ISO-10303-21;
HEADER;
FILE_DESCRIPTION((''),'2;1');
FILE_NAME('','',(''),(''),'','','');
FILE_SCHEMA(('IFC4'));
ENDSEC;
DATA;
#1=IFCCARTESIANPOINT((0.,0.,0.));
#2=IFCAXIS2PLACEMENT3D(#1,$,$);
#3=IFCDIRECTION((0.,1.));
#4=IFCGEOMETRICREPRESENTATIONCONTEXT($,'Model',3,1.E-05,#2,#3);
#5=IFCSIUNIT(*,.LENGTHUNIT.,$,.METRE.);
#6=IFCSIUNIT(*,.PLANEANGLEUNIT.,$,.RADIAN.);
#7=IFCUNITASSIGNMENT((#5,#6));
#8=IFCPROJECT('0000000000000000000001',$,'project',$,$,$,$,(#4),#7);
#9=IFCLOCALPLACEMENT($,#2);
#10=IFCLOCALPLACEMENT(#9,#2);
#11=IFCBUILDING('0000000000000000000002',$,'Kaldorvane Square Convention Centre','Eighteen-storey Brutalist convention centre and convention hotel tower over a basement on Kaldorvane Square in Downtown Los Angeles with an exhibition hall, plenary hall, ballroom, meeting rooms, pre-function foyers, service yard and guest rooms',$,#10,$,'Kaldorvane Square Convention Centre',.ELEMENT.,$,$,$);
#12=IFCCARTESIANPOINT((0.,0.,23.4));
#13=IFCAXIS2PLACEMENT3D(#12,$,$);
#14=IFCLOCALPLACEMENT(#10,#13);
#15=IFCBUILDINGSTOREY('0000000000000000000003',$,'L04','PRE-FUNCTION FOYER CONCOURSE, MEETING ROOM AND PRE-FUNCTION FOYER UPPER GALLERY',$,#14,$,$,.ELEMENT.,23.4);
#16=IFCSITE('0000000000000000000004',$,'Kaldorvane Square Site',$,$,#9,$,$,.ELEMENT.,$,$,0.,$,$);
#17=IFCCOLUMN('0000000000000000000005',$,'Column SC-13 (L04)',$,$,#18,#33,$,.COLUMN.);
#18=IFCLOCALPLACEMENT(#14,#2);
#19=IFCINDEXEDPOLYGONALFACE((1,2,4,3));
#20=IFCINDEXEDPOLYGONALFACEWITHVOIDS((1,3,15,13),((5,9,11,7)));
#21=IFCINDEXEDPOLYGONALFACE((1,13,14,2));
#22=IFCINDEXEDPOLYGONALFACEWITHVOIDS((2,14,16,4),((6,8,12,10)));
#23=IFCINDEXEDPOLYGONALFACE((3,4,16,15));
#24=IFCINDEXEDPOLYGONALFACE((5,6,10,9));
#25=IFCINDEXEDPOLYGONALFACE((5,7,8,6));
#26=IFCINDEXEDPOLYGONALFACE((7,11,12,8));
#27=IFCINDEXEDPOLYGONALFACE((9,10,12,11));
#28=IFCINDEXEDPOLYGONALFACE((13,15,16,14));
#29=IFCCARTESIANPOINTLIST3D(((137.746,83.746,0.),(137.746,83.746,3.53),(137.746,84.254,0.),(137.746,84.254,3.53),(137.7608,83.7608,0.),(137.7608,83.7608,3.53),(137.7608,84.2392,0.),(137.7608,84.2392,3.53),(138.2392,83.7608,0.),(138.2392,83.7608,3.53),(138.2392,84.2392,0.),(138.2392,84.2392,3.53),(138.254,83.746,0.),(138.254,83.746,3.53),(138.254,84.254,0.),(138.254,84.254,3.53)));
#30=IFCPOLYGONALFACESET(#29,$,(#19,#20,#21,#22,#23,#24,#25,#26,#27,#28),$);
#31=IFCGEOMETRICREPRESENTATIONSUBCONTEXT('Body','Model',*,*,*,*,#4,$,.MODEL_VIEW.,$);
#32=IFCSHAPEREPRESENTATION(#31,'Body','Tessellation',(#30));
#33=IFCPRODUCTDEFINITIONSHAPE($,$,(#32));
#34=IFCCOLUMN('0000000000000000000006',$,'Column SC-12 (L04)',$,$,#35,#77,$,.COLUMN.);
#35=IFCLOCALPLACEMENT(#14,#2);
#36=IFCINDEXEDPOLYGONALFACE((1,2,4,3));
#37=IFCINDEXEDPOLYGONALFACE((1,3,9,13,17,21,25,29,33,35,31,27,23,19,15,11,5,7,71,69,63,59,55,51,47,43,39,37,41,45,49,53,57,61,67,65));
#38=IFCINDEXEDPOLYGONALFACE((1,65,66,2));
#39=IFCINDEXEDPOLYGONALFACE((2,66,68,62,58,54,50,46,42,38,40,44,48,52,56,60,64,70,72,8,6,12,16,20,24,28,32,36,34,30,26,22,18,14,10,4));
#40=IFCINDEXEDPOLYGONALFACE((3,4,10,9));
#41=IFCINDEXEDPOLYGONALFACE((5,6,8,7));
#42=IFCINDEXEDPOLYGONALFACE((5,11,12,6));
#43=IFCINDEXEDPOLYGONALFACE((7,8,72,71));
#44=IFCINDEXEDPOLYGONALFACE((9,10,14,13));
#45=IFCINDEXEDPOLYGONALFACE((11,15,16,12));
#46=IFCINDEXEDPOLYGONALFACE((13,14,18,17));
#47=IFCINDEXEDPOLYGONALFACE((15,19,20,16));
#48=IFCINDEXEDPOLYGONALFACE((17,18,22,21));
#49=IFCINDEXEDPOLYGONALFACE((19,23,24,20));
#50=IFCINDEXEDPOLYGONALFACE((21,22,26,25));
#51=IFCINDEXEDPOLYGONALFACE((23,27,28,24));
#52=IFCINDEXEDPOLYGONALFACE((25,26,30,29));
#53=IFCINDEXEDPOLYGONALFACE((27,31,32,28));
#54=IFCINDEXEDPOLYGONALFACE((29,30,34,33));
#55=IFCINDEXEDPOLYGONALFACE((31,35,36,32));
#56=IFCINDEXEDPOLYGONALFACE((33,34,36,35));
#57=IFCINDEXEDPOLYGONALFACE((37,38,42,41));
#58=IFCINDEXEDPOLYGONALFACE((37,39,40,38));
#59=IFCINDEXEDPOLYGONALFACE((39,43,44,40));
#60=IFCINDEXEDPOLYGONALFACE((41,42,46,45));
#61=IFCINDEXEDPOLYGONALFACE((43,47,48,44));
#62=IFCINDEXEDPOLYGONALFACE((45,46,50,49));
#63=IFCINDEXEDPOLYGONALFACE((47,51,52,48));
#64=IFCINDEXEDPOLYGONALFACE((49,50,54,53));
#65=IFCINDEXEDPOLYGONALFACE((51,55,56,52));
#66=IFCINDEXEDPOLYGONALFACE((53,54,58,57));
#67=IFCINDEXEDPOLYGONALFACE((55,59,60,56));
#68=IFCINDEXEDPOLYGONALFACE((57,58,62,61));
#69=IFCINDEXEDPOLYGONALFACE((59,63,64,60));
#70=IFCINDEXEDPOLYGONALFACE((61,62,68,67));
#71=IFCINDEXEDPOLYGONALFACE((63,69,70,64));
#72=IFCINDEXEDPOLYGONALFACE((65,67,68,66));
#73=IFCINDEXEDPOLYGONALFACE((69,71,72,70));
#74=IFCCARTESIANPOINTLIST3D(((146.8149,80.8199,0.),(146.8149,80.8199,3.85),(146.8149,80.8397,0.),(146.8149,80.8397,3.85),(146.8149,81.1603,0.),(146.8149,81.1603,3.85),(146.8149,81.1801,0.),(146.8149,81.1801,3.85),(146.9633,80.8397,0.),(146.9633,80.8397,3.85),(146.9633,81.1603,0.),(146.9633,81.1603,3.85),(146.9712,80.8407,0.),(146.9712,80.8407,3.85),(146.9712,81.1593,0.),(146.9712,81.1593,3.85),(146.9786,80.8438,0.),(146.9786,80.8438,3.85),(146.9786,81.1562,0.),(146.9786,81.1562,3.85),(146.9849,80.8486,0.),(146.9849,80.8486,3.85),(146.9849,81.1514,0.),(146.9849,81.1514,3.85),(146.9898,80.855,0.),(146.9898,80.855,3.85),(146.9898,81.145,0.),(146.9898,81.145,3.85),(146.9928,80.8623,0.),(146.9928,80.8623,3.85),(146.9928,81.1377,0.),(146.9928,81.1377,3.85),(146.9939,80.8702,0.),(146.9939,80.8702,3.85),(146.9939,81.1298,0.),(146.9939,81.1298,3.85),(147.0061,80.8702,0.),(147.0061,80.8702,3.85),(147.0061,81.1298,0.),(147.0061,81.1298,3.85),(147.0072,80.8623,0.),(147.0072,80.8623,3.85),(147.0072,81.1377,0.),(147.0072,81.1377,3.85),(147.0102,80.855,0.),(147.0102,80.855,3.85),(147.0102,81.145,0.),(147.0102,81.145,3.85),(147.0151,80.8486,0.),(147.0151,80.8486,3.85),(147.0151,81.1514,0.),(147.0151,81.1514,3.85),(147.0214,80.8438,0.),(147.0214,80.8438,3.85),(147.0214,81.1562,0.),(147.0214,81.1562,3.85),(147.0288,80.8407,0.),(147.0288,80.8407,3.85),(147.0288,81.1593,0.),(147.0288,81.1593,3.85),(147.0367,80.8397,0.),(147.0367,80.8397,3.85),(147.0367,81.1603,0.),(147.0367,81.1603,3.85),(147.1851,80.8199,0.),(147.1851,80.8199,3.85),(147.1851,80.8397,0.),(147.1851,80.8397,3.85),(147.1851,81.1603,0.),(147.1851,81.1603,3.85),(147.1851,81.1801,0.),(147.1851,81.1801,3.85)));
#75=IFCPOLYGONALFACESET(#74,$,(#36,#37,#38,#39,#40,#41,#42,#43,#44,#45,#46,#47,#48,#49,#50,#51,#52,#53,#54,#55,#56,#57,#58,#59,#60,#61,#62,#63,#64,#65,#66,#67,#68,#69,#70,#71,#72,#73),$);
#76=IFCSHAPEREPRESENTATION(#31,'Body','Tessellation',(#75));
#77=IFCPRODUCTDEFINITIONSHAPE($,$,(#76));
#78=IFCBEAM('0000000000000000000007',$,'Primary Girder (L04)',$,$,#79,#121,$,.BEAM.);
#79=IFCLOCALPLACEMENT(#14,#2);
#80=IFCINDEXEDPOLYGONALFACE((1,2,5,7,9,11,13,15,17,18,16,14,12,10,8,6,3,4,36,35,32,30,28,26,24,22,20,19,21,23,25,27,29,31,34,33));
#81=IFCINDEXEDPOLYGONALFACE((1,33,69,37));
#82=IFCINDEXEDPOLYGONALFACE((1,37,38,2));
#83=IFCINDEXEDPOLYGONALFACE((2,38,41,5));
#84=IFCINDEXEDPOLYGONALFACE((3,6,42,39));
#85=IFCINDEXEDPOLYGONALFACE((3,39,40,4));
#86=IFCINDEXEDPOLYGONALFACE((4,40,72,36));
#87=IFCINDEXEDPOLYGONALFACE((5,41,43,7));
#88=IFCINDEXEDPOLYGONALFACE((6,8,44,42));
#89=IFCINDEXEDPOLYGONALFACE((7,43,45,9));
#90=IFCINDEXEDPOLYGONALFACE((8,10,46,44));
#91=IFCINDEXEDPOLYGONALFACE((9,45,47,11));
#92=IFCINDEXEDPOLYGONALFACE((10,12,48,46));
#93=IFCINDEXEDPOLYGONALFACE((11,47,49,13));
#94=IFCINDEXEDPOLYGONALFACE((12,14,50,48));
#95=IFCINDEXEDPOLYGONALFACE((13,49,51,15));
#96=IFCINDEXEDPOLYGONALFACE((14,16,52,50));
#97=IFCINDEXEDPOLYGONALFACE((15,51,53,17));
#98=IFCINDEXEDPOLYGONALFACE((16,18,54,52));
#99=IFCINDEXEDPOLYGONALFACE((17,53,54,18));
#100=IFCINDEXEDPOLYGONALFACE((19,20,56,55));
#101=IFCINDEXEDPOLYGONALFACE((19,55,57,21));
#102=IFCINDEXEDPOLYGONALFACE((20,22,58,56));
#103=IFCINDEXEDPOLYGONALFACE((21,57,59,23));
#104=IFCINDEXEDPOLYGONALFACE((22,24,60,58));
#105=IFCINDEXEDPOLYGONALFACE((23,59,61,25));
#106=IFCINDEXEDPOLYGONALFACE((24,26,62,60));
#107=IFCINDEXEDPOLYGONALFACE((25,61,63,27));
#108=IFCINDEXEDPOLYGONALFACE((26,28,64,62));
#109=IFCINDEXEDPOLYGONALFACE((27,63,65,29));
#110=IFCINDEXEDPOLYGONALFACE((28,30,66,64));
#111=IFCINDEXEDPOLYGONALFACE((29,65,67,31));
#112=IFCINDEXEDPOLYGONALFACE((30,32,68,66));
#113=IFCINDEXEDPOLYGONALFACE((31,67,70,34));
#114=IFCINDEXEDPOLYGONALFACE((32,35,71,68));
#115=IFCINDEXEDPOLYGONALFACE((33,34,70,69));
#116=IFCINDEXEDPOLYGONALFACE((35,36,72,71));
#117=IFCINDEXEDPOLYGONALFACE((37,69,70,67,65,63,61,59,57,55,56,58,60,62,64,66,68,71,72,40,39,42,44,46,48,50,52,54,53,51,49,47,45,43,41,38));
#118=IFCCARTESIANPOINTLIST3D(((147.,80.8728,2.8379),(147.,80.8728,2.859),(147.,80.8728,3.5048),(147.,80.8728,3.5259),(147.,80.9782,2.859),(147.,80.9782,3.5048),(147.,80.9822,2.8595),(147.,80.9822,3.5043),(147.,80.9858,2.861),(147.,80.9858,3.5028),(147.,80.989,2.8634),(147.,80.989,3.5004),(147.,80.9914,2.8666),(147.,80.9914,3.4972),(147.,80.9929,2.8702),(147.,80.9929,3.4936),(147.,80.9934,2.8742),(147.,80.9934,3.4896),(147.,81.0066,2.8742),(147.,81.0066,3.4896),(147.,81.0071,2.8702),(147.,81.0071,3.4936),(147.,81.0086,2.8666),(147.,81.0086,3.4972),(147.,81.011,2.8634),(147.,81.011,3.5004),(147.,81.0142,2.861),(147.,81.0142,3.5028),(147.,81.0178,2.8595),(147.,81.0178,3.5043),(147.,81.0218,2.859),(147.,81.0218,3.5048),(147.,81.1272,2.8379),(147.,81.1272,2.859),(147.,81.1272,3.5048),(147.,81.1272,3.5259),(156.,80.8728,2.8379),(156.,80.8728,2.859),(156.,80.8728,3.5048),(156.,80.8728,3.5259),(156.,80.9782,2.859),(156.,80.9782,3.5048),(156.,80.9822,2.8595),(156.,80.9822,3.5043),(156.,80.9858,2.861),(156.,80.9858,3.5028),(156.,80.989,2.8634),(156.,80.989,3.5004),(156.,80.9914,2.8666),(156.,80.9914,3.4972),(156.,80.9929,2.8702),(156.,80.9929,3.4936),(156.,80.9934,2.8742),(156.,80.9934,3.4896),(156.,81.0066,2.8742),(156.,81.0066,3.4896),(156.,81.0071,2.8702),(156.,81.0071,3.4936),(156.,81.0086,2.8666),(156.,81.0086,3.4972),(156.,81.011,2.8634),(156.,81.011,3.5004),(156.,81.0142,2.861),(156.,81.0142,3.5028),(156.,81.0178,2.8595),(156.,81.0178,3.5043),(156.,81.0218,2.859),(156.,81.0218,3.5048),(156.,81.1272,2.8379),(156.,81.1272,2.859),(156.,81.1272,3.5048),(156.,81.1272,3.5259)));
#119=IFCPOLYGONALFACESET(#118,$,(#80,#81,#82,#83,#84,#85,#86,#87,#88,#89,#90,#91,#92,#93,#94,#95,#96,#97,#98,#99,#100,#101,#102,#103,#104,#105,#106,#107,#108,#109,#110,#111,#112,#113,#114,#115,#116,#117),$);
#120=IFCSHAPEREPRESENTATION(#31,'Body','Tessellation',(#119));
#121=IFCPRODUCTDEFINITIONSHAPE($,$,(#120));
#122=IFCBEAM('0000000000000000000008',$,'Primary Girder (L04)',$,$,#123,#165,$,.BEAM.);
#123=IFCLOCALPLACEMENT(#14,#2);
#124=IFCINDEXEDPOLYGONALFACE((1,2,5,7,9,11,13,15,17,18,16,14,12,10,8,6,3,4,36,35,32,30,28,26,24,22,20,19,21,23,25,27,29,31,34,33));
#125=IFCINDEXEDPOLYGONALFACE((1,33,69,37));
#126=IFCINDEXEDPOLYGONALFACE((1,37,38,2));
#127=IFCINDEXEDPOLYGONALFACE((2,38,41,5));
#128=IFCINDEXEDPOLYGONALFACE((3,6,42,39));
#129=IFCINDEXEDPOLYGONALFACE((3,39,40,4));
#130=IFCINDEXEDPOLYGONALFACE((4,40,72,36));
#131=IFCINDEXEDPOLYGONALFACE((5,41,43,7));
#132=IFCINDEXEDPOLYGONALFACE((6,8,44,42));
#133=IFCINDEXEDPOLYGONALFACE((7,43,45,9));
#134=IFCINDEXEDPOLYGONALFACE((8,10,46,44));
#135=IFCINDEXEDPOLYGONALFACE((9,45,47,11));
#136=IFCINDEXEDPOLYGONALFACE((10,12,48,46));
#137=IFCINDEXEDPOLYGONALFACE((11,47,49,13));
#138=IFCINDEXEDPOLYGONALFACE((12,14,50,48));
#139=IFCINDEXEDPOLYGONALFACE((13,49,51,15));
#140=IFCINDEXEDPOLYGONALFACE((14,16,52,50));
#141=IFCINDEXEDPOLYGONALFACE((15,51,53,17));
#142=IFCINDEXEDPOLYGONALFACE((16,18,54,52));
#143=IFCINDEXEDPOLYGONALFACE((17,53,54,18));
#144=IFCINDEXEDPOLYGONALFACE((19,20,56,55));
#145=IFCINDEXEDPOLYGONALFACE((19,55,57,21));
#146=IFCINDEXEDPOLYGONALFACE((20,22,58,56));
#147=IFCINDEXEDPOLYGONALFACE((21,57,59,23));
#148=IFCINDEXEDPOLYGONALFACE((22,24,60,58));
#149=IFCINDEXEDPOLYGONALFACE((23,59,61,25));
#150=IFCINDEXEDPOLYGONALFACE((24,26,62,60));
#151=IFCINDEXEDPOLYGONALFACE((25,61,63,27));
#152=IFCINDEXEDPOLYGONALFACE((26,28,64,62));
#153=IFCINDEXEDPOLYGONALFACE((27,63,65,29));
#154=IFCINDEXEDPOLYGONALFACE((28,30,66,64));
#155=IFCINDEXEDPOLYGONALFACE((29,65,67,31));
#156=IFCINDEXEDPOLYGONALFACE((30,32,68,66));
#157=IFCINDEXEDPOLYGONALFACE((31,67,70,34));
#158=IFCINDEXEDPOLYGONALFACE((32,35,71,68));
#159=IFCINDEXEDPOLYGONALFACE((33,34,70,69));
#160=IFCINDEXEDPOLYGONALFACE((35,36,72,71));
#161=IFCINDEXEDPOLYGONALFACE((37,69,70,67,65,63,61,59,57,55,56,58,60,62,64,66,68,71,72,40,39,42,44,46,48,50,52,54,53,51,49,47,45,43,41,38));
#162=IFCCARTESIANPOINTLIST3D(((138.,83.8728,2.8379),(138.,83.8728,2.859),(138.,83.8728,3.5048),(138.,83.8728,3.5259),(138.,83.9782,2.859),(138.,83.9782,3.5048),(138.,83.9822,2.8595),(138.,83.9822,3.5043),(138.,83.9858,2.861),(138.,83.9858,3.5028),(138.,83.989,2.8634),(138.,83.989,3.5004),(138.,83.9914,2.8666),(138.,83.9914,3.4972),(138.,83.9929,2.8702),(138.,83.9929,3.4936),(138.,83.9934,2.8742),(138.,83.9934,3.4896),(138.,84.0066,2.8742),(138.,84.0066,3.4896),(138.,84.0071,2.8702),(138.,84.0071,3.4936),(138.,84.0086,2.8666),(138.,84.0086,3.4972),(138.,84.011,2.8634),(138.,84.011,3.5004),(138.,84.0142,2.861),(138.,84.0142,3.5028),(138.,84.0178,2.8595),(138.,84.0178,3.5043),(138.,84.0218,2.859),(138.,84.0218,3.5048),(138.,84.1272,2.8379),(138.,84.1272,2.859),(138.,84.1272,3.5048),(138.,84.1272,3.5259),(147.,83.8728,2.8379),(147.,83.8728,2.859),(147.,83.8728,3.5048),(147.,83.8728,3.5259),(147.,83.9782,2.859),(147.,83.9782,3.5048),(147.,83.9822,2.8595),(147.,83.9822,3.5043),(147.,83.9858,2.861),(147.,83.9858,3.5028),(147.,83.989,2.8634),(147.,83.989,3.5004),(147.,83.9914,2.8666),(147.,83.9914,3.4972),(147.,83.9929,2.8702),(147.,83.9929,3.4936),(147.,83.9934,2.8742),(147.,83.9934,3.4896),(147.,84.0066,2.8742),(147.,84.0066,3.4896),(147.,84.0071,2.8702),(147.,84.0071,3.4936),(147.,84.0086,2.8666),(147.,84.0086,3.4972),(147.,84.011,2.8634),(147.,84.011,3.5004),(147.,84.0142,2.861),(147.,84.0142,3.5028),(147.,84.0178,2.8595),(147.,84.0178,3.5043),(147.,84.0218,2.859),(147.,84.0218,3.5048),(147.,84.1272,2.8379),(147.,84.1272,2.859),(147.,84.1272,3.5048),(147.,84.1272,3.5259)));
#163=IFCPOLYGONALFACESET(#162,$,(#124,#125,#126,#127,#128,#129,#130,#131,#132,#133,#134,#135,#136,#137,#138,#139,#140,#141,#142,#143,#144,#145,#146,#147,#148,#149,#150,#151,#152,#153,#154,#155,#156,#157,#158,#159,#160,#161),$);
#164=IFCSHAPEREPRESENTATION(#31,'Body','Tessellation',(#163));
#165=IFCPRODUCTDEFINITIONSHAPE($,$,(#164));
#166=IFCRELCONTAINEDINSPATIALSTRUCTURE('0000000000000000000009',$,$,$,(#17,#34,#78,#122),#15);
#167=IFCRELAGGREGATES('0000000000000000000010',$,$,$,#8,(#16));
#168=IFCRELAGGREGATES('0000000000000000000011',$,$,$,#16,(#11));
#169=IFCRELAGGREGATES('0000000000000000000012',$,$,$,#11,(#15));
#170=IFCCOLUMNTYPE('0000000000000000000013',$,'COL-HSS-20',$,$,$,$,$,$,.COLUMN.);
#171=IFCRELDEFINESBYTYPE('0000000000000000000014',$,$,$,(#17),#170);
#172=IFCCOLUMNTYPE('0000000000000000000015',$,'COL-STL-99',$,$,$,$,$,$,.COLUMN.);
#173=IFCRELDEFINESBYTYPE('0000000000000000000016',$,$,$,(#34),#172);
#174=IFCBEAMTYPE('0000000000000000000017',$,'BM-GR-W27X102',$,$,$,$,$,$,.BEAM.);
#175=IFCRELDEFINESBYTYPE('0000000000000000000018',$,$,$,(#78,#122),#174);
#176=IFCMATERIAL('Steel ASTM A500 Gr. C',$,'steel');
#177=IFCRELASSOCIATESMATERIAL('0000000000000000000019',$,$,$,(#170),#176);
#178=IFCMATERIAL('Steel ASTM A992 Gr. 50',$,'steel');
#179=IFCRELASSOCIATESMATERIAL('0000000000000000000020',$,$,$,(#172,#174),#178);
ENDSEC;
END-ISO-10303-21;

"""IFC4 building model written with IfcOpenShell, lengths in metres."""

from ifc_helpers import new_model, si_unit, direction, frame, origin, origin_2d, place, context, subcontext, project, spatial, hollow_rectangle, i_section, extrude, material, material_profile, profile_set, type_object, element, save


model = new_model("IFC4")

# Units and contexts
model_context = context("Model", 3, precision=1e-05, world=origin(), true_north=direction((0.0, 1.0)))
body_context = subcontext(model_context, "Body", "Model", "MODEL_VIEW")
ifc_project = project(units=[si_unit("LENGTHUNIT", "METRE"), si_unit("PLANEANGLEUNIT", "RADIAN")], contexts=[model_context])

# Site, building, storey
site_placement = place(None, origin())
site = spatial("IfcSite", under=ifc_project, at=site_placement, Name="Kaldorvane Square Site", CompositionType="ELEMENT", RefElevation=0.0)
building_placement = place(site_placement, origin())
building = spatial("IfcBuilding", under=site, at=building_placement, Name="Kaldorvane Square Convention Centre", Description="Eighteen-storey Brutalist convention centre and convention hotel tower over a basement on Kaldorvane Square in Downtown Los Angeles with an exhibition hall, plenary hall, ballroom, meeting rooms, pre-function foyers, service yard and guest rooms", LongName="Kaldorvane Square Convention Centre", CompositionType="ELEMENT")
storey_placement = place(building_placement, frame((0.0, 0.0, 23.4)))
storey = spatial("IfcBuildingStorey", under=building, at=storey_placement, Name="L04", Description="PRE-FUNCTION FOYER CONCOURSE, MEETING ROOM AND PRE-FUNCTION FOYER UPPER GALLERY", CompositionType="ELEMENT", Elevation=23.4)

# Columns
ifc_material_1 = material(Name="Steel ASTM A500 Gr. C", Category="steel")
ifc_material_profile_1 = material_profile(ifc_material_1, hollow_rectangle(XDim=0.508, YDim=0.508, WallThickness=0.0148, at=origin_2d()), Name="HSS20X20X5/8")
ifc_profile_set_1 = profile_set([ifc_material_profile_1], Name="Steel ASTM A500 Gr. C")
column_type_1 = type_object("IfcColumnType", Name="COL-HSS-20", PredefinedType="COLUMN", material=ifc_profile_set_1)
column_1_placement = place(storey_placement, frame((138.0, 84.0, 0.0), z_axis=(0.0, 0.0, 1.0), x_axis=(1.0, 0.0, 0.0)))
element("IfcColumn", 1, at=column_1_placement, inside=storey, type_object=column_type_1, Name="Column SC-13 (L04)", PredefinedType="COLUMN", context=body_context, shape_type="SweptSolid", body=[
    extrude(hollow_rectangle(XDim=0.508, YDim=0.508, WallThickness=0.0148, at=origin_2d()), origin(), (0.0, 0.0, 1.0), 3.53),
])
ifc_material_2 = material(Name="Steel ASTM A992 Gr. 50", Category="steel")
ifc_material_profile_2 = material_profile(ifc_material_2, i_section(OverallWidth=0.3701, OverallDepth=0.3602, WebThickness=0.0123, FlangeThickness=0.0198, FilletRadius=0.0305, at=origin_2d()), Name="W14X99")
ifc_profile_set_2 = profile_set([ifc_material_profile_2], Name="Steel ASTM A992 Gr. 50")
column_type_2 = type_object("IfcColumnType", Name="COL-STL-99", PredefinedType="COLUMN", material=ifc_profile_set_2)
column_2_placement = place(storey_placement, frame((147.0, 81.0, 0.0), z_axis=(0.0, 0.0, 1.0), x_axis=(1.0, 0.0, 0.0)))
element("IfcColumn", 2, at=column_2_placement, inside=storey, type_object=column_type_2, Name="Column SC-12 (L04)", PredefinedType="COLUMN", context=body_context, shape_type="SweptSolid", body=[
    extrude(i_section(OverallWidth=0.3701, OverallDepth=0.3602, WebThickness=0.0123, FlangeThickness=0.0198, FilletRadius=0.0305, at=origin_2d()), origin(), (0.0, 0.0, 1.0), 3.85),
])

# Beams
ifc_material_profile_3 = material_profile(ifc_material_2, i_section(OverallWidth=0.2544, OverallDepth=0.6881, WebThickness=0.0131, FlangeThickness=0.0211, FilletRadius=0.0152, at=origin_2d()), Name="W27X102")
ifc_profile_set_3 = profile_set([ifc_material_profile_3], Name="Steel ASTM A992 Gr. 50")
beam_type_1 = type_object("IfcBeamType", Name="BM-GR-W27X102", PredefinedType="BEAM", material=ifc_profile_set_3)
for number, where, z_axis, x_axis, name in (
    (3, (147.0, 81.0, 3.1819), (1.0, 0.0, 0.0), (0.0, 1.0, 0.0), "Primary Girder (L04)"),
    (4, (138.0, 84.0, 3.1819), (1.0, 0.0, 0.0), (0.0, 1.0, 0.0), "Primary Girder (L04)"),
):
    element("IfcBeam", number, at=place(storey_placement, frame(where, z_axis=z_axis, x_axis=x_axis)), inside=storey, type_object=beam_type_1, Name=name, PredefinedType="BEAM", context=body_context, shape_type="SweptSolid", body=[
        extrude(i_section(OverallWidth=0.2544, OverallDepth=0.6881, WebThickness=0.0131, FlangeThickness=0.0211, FilletRadius=0.0152, at=origin_2d()), origin(), (0.0, 0.0, 1.0), 9.0),
    ])

save(model, "model.ifc")
